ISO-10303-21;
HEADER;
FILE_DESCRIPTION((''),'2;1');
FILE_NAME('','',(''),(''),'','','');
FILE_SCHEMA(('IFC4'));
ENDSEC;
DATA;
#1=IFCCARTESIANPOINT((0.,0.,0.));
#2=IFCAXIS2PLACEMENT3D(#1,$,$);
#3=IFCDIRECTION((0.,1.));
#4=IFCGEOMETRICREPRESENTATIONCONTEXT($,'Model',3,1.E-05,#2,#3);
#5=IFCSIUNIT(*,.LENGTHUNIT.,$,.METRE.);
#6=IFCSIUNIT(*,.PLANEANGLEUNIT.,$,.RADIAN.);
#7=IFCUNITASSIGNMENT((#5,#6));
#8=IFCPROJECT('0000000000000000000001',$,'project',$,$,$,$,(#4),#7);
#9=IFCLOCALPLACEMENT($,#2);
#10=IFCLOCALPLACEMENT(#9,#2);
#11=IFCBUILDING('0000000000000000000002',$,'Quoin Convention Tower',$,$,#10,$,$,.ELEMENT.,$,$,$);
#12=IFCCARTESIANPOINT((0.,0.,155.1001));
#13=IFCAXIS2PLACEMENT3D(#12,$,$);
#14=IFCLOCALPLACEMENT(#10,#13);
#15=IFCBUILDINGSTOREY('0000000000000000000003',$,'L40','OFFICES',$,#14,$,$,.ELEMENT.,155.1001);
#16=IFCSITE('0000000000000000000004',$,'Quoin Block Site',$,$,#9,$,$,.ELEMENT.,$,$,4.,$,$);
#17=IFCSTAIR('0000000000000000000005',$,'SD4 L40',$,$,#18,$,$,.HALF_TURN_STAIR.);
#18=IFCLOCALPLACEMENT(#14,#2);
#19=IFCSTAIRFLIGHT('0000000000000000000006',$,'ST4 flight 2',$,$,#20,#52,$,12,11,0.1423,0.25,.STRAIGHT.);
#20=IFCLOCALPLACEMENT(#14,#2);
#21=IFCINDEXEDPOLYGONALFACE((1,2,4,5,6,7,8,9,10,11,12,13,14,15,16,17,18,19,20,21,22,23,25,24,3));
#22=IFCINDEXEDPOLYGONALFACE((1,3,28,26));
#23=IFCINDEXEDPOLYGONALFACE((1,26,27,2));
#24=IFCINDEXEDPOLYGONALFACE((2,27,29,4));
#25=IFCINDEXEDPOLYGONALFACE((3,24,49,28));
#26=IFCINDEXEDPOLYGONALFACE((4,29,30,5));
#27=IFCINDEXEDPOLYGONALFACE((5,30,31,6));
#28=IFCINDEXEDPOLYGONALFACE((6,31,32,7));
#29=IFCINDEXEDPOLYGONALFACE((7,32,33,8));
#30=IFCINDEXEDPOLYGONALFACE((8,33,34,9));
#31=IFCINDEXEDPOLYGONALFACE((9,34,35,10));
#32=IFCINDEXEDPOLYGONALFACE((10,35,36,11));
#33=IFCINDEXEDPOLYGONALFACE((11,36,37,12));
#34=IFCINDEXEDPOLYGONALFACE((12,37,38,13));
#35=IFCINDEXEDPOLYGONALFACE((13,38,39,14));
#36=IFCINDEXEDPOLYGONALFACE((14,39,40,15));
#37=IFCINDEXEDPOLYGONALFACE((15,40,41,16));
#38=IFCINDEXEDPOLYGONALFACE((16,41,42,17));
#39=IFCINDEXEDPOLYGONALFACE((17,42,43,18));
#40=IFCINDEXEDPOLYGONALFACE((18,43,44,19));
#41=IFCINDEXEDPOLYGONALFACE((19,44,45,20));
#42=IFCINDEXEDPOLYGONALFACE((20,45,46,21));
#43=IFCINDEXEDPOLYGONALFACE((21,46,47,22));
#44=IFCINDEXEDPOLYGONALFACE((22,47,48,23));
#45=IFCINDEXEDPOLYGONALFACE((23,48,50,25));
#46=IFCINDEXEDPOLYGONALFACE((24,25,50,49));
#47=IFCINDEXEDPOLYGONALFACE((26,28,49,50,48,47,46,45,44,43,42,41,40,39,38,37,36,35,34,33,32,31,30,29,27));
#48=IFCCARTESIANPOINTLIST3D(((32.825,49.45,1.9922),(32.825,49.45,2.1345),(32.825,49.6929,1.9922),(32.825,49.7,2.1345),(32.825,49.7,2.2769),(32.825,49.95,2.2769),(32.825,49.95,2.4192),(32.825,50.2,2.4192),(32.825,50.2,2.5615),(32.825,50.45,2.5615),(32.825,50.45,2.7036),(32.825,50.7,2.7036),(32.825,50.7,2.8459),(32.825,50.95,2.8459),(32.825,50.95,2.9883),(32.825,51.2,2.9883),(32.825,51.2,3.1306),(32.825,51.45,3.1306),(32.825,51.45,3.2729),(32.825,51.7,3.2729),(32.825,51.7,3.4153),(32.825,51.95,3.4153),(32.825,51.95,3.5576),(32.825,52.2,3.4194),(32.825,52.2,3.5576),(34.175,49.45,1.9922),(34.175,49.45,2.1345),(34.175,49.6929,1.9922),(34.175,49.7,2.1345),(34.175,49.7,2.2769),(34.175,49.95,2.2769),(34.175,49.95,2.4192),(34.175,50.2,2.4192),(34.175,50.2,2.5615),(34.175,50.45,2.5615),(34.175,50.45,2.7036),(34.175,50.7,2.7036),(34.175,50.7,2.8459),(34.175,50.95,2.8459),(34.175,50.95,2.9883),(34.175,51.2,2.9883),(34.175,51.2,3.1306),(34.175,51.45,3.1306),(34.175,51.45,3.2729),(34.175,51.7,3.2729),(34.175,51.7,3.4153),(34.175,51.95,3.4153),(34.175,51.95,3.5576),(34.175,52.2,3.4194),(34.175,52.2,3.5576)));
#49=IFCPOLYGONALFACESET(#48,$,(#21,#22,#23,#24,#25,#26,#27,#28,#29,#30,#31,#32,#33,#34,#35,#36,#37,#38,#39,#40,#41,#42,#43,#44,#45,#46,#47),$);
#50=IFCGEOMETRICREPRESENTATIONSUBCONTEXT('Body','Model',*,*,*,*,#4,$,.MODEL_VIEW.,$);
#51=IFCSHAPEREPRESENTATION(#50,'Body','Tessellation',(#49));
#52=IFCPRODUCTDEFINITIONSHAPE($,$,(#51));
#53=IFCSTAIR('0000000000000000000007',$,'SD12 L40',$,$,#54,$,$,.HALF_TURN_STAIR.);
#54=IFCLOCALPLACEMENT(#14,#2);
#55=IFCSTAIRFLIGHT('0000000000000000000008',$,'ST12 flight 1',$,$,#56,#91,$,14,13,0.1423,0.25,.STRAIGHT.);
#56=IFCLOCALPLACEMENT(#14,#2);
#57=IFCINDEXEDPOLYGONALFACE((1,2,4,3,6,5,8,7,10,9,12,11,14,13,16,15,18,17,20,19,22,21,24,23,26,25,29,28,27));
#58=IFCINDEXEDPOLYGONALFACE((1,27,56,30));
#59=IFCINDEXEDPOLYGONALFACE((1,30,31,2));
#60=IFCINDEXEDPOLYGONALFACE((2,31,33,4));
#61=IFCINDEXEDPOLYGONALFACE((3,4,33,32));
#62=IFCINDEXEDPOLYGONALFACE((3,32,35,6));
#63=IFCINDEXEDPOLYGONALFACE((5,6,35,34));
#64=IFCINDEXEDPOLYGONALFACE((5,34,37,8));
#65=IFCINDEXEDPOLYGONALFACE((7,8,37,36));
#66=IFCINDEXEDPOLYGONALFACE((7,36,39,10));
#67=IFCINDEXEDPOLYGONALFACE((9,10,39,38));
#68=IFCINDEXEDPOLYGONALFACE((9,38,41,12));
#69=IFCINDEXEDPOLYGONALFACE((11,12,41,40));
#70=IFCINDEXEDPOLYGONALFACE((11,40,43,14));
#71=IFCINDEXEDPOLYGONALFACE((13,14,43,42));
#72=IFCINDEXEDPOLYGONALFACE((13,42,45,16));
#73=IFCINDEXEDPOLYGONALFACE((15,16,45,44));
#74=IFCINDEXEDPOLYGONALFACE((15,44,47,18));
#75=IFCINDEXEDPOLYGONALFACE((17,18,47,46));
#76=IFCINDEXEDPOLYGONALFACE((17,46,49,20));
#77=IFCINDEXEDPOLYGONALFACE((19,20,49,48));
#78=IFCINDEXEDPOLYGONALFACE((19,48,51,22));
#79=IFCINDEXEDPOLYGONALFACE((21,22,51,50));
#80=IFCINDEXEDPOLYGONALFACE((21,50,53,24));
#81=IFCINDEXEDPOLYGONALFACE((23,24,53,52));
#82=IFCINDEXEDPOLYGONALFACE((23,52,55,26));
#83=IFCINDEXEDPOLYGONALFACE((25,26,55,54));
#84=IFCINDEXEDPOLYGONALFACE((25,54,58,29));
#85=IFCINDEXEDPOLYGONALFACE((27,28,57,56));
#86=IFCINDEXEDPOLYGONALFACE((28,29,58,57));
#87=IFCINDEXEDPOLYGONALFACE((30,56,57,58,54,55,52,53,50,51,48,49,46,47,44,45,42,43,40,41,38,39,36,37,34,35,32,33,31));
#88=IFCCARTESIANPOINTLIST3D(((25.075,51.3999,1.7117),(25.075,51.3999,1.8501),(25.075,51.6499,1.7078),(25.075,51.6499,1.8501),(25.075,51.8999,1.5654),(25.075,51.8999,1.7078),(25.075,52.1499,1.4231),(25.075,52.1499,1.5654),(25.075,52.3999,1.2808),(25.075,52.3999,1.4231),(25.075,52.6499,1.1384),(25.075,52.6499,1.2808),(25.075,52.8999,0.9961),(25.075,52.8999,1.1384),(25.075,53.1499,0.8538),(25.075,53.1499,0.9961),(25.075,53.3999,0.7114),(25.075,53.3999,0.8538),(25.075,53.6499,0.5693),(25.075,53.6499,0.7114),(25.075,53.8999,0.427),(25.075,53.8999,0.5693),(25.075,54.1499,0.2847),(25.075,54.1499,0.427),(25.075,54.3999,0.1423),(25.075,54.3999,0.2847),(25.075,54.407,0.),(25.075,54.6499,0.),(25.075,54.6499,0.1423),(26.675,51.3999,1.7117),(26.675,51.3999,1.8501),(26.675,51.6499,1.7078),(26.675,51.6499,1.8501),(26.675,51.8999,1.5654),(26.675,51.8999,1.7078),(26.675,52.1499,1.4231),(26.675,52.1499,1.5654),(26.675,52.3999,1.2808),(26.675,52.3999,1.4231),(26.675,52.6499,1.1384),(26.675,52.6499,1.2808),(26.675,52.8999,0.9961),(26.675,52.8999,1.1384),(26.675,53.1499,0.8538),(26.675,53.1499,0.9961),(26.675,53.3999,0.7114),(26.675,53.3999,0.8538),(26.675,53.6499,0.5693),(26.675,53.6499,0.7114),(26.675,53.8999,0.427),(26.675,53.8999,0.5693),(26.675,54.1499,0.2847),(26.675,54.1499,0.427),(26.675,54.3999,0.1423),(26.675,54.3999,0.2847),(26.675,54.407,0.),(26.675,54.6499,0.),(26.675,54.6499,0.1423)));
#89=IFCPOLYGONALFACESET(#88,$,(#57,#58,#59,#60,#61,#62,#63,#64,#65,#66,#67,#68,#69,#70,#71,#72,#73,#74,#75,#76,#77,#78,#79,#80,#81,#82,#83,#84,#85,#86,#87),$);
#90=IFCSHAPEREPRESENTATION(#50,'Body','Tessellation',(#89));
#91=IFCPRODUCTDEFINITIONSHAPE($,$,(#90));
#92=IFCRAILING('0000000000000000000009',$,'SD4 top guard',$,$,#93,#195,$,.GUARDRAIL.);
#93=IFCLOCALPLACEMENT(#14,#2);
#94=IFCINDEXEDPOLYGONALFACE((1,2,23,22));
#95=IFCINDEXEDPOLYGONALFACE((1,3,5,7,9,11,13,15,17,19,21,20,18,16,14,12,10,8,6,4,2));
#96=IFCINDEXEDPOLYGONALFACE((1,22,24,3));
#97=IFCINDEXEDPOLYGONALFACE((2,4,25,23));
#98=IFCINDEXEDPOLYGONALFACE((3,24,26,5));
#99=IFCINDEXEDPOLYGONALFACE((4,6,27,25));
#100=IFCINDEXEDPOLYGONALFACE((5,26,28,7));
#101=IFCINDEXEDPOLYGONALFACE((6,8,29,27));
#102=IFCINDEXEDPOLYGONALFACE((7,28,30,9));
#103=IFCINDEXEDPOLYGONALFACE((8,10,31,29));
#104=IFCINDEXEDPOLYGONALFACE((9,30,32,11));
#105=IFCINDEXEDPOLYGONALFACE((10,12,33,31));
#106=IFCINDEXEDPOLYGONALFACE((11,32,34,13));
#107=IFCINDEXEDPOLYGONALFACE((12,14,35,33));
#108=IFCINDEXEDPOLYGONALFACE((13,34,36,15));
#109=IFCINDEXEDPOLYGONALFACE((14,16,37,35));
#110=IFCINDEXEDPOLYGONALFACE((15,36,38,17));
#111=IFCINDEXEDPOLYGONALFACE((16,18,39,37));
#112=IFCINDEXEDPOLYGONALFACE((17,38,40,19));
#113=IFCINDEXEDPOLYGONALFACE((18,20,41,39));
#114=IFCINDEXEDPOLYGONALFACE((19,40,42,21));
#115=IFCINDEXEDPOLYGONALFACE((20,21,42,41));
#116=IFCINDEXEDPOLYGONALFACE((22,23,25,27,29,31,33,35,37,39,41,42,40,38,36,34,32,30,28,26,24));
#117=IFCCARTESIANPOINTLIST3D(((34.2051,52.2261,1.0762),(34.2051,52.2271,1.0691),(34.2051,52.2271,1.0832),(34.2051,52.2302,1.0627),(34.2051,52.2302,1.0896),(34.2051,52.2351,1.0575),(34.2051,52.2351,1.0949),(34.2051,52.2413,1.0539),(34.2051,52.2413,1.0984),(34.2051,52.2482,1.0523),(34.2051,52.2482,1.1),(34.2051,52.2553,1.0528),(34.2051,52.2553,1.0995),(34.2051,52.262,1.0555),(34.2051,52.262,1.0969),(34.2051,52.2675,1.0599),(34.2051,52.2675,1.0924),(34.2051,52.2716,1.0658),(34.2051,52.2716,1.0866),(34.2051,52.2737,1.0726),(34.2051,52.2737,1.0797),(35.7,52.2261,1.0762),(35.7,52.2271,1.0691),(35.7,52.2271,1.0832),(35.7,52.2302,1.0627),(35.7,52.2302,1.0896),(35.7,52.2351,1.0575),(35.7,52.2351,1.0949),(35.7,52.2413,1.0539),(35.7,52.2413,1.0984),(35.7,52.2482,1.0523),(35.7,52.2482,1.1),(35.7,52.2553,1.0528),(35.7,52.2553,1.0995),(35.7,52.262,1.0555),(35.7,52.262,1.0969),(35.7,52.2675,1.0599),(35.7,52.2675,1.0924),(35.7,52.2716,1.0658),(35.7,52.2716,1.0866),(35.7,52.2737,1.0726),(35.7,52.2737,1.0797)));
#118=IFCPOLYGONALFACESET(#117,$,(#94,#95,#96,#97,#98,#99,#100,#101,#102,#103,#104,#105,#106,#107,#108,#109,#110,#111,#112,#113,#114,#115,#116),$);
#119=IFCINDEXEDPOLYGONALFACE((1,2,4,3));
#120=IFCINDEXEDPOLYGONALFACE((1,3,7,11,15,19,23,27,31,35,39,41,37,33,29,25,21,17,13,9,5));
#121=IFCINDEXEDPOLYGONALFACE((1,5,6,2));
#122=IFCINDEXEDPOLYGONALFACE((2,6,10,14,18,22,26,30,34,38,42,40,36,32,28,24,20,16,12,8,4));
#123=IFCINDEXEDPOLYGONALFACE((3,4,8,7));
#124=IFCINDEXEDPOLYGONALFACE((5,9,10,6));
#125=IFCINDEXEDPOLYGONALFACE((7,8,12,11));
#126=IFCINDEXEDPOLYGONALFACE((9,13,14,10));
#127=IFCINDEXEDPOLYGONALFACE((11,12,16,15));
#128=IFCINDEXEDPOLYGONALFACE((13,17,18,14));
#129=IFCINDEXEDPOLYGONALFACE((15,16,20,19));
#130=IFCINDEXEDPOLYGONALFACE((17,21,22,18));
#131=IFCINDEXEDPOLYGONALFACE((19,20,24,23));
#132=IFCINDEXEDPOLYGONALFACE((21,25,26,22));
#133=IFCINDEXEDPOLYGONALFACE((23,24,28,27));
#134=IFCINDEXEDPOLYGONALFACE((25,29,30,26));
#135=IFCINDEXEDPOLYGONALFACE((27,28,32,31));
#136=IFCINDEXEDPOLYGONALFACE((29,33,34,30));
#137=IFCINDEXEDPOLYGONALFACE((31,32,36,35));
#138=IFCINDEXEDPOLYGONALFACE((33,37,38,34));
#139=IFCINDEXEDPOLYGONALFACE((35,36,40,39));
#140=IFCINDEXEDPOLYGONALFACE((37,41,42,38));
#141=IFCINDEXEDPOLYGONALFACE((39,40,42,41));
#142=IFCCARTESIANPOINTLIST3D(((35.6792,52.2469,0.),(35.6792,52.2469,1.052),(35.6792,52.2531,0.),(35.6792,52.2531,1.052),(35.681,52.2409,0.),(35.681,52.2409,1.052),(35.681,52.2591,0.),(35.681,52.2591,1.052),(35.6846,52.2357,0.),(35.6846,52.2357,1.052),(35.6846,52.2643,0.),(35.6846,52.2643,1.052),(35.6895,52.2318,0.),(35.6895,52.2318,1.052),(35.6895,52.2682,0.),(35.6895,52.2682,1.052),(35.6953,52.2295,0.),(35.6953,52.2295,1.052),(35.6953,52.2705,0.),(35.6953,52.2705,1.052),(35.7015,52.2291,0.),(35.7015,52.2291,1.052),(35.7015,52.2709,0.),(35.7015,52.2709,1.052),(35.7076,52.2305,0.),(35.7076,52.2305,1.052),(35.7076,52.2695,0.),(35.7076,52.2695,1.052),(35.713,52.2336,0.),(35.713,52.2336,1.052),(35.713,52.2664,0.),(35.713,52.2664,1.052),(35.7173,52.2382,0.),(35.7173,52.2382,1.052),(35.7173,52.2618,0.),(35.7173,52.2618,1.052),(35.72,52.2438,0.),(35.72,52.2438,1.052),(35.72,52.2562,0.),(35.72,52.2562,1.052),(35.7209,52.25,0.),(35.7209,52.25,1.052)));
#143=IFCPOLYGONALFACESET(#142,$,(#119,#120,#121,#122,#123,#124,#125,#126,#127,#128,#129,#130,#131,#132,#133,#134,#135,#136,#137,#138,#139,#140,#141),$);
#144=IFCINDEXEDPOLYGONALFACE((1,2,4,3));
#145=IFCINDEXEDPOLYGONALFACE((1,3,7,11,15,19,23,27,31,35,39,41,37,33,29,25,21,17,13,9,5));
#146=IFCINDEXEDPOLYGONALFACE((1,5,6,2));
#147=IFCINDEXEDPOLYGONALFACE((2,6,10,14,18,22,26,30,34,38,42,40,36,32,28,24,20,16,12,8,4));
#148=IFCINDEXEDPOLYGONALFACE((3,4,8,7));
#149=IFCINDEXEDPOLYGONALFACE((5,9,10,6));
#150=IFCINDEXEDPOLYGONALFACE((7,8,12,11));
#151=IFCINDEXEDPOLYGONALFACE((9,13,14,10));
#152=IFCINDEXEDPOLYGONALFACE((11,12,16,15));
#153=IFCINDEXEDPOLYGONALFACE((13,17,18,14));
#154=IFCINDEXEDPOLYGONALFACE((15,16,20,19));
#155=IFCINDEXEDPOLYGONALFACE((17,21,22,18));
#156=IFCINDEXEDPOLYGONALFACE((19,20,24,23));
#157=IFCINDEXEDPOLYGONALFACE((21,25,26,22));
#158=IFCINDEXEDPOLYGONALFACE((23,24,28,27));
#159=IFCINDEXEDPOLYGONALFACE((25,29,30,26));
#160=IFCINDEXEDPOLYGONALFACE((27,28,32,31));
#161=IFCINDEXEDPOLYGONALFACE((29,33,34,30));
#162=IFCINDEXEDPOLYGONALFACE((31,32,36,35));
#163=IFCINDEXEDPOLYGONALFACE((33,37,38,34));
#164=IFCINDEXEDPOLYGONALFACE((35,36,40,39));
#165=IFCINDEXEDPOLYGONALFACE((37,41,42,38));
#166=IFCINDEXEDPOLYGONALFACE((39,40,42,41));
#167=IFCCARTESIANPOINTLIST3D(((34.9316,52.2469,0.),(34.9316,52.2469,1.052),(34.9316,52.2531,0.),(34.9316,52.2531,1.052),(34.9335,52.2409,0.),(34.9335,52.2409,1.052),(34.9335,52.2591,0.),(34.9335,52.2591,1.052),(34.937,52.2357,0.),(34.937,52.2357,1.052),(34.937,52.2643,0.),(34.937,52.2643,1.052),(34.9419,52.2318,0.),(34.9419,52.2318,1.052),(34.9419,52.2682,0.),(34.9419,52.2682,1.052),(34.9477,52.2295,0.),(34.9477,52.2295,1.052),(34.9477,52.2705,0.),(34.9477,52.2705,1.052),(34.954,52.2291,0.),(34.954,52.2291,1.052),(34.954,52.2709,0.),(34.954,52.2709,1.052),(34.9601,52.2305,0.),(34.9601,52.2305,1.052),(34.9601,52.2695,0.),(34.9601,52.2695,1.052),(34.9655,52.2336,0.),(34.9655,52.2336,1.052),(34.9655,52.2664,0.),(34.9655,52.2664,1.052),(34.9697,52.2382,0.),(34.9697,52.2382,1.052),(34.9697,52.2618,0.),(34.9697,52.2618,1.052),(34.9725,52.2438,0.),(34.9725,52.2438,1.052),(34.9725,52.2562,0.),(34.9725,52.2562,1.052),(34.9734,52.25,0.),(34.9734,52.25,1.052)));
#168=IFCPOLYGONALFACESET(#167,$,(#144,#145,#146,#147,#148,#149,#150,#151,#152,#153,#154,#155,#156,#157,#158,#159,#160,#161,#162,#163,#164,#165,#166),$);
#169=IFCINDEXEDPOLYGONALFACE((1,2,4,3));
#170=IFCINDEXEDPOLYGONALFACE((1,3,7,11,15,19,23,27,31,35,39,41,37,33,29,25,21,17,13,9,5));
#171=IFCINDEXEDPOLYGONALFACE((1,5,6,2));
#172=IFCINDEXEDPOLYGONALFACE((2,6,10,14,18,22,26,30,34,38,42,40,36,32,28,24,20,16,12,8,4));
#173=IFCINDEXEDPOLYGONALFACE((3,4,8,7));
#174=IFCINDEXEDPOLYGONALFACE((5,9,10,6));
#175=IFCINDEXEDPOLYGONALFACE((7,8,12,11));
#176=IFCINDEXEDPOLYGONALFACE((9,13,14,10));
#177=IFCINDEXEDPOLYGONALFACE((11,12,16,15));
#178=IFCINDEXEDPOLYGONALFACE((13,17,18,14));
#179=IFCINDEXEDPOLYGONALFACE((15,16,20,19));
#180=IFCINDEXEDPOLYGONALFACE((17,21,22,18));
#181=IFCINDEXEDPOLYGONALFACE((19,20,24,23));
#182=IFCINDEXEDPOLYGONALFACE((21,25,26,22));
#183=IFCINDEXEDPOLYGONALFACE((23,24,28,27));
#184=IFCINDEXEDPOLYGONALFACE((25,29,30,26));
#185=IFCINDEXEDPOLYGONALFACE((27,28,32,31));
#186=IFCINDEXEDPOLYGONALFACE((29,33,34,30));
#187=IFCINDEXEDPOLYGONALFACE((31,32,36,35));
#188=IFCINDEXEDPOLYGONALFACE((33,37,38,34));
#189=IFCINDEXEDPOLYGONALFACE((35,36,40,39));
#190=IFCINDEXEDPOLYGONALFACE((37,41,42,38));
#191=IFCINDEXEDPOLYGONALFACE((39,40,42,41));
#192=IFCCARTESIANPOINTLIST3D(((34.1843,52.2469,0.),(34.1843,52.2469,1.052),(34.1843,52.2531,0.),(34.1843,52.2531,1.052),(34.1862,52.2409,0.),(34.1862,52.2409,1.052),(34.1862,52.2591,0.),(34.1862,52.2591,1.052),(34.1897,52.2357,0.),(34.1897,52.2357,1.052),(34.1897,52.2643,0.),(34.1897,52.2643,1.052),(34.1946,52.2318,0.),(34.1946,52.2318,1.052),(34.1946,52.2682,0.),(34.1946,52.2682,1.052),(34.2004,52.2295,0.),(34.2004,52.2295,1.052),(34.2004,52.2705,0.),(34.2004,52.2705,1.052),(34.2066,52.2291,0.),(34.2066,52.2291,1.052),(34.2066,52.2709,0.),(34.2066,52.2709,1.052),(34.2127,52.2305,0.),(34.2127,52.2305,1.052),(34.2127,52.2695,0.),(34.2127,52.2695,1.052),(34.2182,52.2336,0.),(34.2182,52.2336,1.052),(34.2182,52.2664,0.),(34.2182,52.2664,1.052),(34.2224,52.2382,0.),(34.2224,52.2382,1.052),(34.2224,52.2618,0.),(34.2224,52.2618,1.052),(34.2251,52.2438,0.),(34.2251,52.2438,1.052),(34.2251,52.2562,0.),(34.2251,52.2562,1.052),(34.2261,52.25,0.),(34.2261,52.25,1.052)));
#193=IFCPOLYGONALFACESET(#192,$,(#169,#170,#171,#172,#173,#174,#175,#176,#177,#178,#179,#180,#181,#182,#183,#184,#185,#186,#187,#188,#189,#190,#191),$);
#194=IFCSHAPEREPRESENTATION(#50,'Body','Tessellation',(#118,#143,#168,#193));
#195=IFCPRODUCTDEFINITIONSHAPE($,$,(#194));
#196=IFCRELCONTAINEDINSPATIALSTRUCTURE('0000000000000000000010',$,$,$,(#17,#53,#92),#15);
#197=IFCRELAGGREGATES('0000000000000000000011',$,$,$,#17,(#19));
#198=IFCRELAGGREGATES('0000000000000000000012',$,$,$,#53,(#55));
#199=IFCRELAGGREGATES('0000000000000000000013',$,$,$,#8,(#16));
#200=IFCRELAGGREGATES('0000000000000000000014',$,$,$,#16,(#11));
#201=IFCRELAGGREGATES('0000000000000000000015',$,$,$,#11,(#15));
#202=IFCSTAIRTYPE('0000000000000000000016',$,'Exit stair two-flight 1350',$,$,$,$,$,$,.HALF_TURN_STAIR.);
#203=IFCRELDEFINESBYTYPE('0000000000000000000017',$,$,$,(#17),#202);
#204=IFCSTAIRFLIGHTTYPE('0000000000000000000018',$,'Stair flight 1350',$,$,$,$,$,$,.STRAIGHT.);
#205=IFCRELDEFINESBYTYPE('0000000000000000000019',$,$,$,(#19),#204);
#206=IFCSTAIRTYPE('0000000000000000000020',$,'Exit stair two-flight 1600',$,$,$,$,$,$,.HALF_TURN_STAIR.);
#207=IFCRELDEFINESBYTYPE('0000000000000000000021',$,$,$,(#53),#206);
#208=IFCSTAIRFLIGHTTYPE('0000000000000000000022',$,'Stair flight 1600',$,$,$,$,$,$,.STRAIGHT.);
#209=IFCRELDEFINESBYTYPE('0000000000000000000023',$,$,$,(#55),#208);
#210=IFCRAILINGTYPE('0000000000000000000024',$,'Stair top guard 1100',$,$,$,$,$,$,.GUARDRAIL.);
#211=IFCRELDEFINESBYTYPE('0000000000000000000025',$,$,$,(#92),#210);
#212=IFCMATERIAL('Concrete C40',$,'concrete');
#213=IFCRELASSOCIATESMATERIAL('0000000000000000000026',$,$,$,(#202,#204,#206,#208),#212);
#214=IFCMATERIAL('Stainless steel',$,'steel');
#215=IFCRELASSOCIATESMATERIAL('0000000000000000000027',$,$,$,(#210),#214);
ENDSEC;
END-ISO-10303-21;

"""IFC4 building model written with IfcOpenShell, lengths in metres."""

from ifc_helpers import new_model, si_unit, direction, frame, origin, origin_2d, place, context, subcontext, project, spatial, polyline, circle, outline, extrude, material, type_object, element, aggregate, save


model = new_model("IFC4")

# Units and contexts
model_context = context("Model", 3, precision=1e-05, world=origin(), true_north=direction((0.0, 1.0)))
body_context = subcontext(model_context, "Body", "Model", "MODEL_VIEW")
ifc_project = project(units=[si_unit("LENGTHUNIT", "METRE"), si_unit("PLANEANGLEUNIT", "RADIAN")], contexts=[model_context])

# Site, building, storey
site_placement = place(None, origin())
site = spatial("IfcSite", under=ifc_project, at=site_placement, Name="Quoin Block Site", CompositionType="ELEMENT", RefElevation=4.0)
building_placement = place(site_placement, origin())
building = spatial("IfcBuilding", under=site, at=building_placement, Name="Quoin Convention Tower", CompositionType="ELEMENT")
storey_placement = place(building_placement, frame((0.0, 0.0, 155.1001)))
storey = spatial("IfcBuildingStorey", under=building, at=storey_placement, Name="L40", Description="OFFICES", CompositionType="ELEMENT", Elevation=155.1001)

# Shared definitions
ifc_material_1 = material(Name="Concrete C40", Category="concrete")
stair_type_1 = type_object("IfcStairType", Name="Exit stair two-flight 1350", PredefinedType="HALF_TURN_STAIR", material=ifc_material_1)
stair_flight_type_1 = type_object("IfcStairFlightType", Name="Stair flight 1350", PredefinedType="STRAIGHT", material=ifc_material_1)

# Stair, stair flight
stair_1_placement = place(storey_placement, origin())
stair_1 = element("IfcStair", 1, at=stair_1_placement, inside=storey, type_object=stair_type_1, Name="SD4 L40", PredefinedType="HALF_TURN_STAIR")
stair_flight_1_placement = place(storey_placement, frame((33.5, 49.45, 1.9922), z_axis=(0.0, 0.0, 1.0), x_axis=(0.0, 1.0, 0.0)))
stair_flight_1 = element("IfcStairFlight", 2, at=stair_flight_1_placement, type_object=stair_flight_type_1, Name="ST4 flight 2", NumberOfRisers=12, NumberOfTreads=11, PredefinedType="STRAIGHT", RiserHeight=0.1423, TreadLength=0.25, context=body_context, shape_type="SweptSolid", body=[
    extrude(outline(polyline([(0.0, 0.0), (0.0, 0.1423), (0.25, 0.1423), (0.25, 0.2847), (0.5, 0.2847), (0.5, 0.427), (0.75, 0.427), (0.75, 0.5693), (1.0, 0.5693), (1.0, 0.7114), (1.25, 0.7114), (1.25, 0.8538), (1.5, 0.8538), (1.5, 0.9961), (1.75, 0.9961), (1.75, 1.1384), (2.0, 1.1384), (2.0, 1.2808), (2.25, 1.2808), (2.25, 1.4231), (2.5, 1.4231), (2.5, 1.5654), (2.75, 1.5654), (2.75, 1.7078), (2.75, 1.4272), (0.2429, 0.0), (0.0, 0.0)])), frame((0.0, 0.675, 0.0), z_axis=(0.0, -1.0, 0.0), x_axis=(1.0, 0.0, 0.0)), (0.0, 0.0, 1.0), 1.3501),
])
aggregate(stair_1, [stair_flight_1])

# Stair, stair flight
stair_type_2 = type_object("IfcStairType", Name="Exit stair two-flight 1600", PredefinedType="HALF_TURN_STAIR", material=ifc_material_1)
stair_2_placement = place(storey_placement, origin())
stair_2 = element("IfcStair", 3, at=stair_2_placement, inside=storey, type_object=stair_type_2, Name="SD12 L40", PredefinedType="HALF_TURN_STAIR")
stair_flight_type_2 = type_object("IfcStairFlightType", Name="Stair flight 1600", PredefinedType="STRAIGHT", material=ifc_material_1)
stair_flight_2_placement = place(storey_placement, frame((25.875, 54.6499, 0.0), z_axis=(0.0, 0.0, 1.0), x_axis=(0.0, -1.0, 0.0)))
stair_flight_2 = element("IfcStairFlight", 4, at=stair_flight_2_placement, type_object=stair_flight_type_2, Name="ST12 flight 1", NumberOfRisers=14, NumberOfTreads=13, PredefinedType="STRAIGHT", RiserHeight=0.1423, TreadLength=0.25, context=body_context, shape_type="SweptSolid", body=[
    extrude(outline(polyline([(0.0, 0.0), (0.0, 0.1423), (0.25, 0.1423), (0.25, 0.2847), (0.5, 0.2847), (0.5, 0.427), (0.75, 0.427), (0.75, 0.5693), (1.0, 0.5693), (1.0, 0.7114), (1.25, 0.7114), (1.25, 0.8538), (1.5, 0.8538), (1.5, 0.9961), (1.75, 0.9961), (1.75, 1.1384), (2.0, 1.1384), (2.0, 1.2808), (2.25, 1.2808), (2.25, 1.4231), (2.5, 1.4231), (2.5, 1.5654), (2.75, 1.5654), (2.75, 1.7078), (3.0, 1.7078), (3.0, 1.8501), (3.25, 1.8501), (3.25, 1.9922), (3.25, 1.7117), (0.2429, 0.0), (0.0, 0.0)])), frame((0.0, 0.8, 0.0), z_axis=(0.0, -1.0, 0.0), x_axis=(1.0, 0.0, 0.0)), (0.0, 0.0, 1.0), 1.6001),
])
aggregate(stair_2, [stair_flight_2])

# Railing
ifc_material_2 = material(Name="Stainless steel", Category="steel")
railing_type_1 = type_object("IfcRailingType", Name="Stair top guard 1100", PredefinedType="GUARDRAIL", material=ifc_material_2)
railing_1_placement = place(storey_placement, frame((35.7, 52.25, 0.0)))
element("IfcRailing", 5, at=railing_1_placement, inside=storey, type_object=railing_type_1, Name="SD4 top guard", PredefinedType="GUARDRAIL", context=body_context, shape_type="SweptSolid", body=[
    extrude(circle(Radius=0.0239, at=origin_2d()), frame((0.0, 0.0, 1.0762), z_axis=(-1.0, 0.0, 0.0), x_axis=(0.0, -1.0, 0.0)), (0.0, 0.0, 1.0), 1.4949),
    extrude(circle(Radius=0.021, at=origin_2d()), origin(), (0.0, 0.0, 1.0), 1.052),
    extrude(circle(Radius=0.021, at=origin_2d()), frame((-0.7476, 0.0, 0.0)), (0.0, 0.0, 1.0), 1.052),
    extrude(circle(Radius=0.021, at=origin_2d()), frame((-1.4949, 0.0, 0.0)), (0.0, 0.0, 1.0), 1.052),
])

save(model, "model.ifc")
